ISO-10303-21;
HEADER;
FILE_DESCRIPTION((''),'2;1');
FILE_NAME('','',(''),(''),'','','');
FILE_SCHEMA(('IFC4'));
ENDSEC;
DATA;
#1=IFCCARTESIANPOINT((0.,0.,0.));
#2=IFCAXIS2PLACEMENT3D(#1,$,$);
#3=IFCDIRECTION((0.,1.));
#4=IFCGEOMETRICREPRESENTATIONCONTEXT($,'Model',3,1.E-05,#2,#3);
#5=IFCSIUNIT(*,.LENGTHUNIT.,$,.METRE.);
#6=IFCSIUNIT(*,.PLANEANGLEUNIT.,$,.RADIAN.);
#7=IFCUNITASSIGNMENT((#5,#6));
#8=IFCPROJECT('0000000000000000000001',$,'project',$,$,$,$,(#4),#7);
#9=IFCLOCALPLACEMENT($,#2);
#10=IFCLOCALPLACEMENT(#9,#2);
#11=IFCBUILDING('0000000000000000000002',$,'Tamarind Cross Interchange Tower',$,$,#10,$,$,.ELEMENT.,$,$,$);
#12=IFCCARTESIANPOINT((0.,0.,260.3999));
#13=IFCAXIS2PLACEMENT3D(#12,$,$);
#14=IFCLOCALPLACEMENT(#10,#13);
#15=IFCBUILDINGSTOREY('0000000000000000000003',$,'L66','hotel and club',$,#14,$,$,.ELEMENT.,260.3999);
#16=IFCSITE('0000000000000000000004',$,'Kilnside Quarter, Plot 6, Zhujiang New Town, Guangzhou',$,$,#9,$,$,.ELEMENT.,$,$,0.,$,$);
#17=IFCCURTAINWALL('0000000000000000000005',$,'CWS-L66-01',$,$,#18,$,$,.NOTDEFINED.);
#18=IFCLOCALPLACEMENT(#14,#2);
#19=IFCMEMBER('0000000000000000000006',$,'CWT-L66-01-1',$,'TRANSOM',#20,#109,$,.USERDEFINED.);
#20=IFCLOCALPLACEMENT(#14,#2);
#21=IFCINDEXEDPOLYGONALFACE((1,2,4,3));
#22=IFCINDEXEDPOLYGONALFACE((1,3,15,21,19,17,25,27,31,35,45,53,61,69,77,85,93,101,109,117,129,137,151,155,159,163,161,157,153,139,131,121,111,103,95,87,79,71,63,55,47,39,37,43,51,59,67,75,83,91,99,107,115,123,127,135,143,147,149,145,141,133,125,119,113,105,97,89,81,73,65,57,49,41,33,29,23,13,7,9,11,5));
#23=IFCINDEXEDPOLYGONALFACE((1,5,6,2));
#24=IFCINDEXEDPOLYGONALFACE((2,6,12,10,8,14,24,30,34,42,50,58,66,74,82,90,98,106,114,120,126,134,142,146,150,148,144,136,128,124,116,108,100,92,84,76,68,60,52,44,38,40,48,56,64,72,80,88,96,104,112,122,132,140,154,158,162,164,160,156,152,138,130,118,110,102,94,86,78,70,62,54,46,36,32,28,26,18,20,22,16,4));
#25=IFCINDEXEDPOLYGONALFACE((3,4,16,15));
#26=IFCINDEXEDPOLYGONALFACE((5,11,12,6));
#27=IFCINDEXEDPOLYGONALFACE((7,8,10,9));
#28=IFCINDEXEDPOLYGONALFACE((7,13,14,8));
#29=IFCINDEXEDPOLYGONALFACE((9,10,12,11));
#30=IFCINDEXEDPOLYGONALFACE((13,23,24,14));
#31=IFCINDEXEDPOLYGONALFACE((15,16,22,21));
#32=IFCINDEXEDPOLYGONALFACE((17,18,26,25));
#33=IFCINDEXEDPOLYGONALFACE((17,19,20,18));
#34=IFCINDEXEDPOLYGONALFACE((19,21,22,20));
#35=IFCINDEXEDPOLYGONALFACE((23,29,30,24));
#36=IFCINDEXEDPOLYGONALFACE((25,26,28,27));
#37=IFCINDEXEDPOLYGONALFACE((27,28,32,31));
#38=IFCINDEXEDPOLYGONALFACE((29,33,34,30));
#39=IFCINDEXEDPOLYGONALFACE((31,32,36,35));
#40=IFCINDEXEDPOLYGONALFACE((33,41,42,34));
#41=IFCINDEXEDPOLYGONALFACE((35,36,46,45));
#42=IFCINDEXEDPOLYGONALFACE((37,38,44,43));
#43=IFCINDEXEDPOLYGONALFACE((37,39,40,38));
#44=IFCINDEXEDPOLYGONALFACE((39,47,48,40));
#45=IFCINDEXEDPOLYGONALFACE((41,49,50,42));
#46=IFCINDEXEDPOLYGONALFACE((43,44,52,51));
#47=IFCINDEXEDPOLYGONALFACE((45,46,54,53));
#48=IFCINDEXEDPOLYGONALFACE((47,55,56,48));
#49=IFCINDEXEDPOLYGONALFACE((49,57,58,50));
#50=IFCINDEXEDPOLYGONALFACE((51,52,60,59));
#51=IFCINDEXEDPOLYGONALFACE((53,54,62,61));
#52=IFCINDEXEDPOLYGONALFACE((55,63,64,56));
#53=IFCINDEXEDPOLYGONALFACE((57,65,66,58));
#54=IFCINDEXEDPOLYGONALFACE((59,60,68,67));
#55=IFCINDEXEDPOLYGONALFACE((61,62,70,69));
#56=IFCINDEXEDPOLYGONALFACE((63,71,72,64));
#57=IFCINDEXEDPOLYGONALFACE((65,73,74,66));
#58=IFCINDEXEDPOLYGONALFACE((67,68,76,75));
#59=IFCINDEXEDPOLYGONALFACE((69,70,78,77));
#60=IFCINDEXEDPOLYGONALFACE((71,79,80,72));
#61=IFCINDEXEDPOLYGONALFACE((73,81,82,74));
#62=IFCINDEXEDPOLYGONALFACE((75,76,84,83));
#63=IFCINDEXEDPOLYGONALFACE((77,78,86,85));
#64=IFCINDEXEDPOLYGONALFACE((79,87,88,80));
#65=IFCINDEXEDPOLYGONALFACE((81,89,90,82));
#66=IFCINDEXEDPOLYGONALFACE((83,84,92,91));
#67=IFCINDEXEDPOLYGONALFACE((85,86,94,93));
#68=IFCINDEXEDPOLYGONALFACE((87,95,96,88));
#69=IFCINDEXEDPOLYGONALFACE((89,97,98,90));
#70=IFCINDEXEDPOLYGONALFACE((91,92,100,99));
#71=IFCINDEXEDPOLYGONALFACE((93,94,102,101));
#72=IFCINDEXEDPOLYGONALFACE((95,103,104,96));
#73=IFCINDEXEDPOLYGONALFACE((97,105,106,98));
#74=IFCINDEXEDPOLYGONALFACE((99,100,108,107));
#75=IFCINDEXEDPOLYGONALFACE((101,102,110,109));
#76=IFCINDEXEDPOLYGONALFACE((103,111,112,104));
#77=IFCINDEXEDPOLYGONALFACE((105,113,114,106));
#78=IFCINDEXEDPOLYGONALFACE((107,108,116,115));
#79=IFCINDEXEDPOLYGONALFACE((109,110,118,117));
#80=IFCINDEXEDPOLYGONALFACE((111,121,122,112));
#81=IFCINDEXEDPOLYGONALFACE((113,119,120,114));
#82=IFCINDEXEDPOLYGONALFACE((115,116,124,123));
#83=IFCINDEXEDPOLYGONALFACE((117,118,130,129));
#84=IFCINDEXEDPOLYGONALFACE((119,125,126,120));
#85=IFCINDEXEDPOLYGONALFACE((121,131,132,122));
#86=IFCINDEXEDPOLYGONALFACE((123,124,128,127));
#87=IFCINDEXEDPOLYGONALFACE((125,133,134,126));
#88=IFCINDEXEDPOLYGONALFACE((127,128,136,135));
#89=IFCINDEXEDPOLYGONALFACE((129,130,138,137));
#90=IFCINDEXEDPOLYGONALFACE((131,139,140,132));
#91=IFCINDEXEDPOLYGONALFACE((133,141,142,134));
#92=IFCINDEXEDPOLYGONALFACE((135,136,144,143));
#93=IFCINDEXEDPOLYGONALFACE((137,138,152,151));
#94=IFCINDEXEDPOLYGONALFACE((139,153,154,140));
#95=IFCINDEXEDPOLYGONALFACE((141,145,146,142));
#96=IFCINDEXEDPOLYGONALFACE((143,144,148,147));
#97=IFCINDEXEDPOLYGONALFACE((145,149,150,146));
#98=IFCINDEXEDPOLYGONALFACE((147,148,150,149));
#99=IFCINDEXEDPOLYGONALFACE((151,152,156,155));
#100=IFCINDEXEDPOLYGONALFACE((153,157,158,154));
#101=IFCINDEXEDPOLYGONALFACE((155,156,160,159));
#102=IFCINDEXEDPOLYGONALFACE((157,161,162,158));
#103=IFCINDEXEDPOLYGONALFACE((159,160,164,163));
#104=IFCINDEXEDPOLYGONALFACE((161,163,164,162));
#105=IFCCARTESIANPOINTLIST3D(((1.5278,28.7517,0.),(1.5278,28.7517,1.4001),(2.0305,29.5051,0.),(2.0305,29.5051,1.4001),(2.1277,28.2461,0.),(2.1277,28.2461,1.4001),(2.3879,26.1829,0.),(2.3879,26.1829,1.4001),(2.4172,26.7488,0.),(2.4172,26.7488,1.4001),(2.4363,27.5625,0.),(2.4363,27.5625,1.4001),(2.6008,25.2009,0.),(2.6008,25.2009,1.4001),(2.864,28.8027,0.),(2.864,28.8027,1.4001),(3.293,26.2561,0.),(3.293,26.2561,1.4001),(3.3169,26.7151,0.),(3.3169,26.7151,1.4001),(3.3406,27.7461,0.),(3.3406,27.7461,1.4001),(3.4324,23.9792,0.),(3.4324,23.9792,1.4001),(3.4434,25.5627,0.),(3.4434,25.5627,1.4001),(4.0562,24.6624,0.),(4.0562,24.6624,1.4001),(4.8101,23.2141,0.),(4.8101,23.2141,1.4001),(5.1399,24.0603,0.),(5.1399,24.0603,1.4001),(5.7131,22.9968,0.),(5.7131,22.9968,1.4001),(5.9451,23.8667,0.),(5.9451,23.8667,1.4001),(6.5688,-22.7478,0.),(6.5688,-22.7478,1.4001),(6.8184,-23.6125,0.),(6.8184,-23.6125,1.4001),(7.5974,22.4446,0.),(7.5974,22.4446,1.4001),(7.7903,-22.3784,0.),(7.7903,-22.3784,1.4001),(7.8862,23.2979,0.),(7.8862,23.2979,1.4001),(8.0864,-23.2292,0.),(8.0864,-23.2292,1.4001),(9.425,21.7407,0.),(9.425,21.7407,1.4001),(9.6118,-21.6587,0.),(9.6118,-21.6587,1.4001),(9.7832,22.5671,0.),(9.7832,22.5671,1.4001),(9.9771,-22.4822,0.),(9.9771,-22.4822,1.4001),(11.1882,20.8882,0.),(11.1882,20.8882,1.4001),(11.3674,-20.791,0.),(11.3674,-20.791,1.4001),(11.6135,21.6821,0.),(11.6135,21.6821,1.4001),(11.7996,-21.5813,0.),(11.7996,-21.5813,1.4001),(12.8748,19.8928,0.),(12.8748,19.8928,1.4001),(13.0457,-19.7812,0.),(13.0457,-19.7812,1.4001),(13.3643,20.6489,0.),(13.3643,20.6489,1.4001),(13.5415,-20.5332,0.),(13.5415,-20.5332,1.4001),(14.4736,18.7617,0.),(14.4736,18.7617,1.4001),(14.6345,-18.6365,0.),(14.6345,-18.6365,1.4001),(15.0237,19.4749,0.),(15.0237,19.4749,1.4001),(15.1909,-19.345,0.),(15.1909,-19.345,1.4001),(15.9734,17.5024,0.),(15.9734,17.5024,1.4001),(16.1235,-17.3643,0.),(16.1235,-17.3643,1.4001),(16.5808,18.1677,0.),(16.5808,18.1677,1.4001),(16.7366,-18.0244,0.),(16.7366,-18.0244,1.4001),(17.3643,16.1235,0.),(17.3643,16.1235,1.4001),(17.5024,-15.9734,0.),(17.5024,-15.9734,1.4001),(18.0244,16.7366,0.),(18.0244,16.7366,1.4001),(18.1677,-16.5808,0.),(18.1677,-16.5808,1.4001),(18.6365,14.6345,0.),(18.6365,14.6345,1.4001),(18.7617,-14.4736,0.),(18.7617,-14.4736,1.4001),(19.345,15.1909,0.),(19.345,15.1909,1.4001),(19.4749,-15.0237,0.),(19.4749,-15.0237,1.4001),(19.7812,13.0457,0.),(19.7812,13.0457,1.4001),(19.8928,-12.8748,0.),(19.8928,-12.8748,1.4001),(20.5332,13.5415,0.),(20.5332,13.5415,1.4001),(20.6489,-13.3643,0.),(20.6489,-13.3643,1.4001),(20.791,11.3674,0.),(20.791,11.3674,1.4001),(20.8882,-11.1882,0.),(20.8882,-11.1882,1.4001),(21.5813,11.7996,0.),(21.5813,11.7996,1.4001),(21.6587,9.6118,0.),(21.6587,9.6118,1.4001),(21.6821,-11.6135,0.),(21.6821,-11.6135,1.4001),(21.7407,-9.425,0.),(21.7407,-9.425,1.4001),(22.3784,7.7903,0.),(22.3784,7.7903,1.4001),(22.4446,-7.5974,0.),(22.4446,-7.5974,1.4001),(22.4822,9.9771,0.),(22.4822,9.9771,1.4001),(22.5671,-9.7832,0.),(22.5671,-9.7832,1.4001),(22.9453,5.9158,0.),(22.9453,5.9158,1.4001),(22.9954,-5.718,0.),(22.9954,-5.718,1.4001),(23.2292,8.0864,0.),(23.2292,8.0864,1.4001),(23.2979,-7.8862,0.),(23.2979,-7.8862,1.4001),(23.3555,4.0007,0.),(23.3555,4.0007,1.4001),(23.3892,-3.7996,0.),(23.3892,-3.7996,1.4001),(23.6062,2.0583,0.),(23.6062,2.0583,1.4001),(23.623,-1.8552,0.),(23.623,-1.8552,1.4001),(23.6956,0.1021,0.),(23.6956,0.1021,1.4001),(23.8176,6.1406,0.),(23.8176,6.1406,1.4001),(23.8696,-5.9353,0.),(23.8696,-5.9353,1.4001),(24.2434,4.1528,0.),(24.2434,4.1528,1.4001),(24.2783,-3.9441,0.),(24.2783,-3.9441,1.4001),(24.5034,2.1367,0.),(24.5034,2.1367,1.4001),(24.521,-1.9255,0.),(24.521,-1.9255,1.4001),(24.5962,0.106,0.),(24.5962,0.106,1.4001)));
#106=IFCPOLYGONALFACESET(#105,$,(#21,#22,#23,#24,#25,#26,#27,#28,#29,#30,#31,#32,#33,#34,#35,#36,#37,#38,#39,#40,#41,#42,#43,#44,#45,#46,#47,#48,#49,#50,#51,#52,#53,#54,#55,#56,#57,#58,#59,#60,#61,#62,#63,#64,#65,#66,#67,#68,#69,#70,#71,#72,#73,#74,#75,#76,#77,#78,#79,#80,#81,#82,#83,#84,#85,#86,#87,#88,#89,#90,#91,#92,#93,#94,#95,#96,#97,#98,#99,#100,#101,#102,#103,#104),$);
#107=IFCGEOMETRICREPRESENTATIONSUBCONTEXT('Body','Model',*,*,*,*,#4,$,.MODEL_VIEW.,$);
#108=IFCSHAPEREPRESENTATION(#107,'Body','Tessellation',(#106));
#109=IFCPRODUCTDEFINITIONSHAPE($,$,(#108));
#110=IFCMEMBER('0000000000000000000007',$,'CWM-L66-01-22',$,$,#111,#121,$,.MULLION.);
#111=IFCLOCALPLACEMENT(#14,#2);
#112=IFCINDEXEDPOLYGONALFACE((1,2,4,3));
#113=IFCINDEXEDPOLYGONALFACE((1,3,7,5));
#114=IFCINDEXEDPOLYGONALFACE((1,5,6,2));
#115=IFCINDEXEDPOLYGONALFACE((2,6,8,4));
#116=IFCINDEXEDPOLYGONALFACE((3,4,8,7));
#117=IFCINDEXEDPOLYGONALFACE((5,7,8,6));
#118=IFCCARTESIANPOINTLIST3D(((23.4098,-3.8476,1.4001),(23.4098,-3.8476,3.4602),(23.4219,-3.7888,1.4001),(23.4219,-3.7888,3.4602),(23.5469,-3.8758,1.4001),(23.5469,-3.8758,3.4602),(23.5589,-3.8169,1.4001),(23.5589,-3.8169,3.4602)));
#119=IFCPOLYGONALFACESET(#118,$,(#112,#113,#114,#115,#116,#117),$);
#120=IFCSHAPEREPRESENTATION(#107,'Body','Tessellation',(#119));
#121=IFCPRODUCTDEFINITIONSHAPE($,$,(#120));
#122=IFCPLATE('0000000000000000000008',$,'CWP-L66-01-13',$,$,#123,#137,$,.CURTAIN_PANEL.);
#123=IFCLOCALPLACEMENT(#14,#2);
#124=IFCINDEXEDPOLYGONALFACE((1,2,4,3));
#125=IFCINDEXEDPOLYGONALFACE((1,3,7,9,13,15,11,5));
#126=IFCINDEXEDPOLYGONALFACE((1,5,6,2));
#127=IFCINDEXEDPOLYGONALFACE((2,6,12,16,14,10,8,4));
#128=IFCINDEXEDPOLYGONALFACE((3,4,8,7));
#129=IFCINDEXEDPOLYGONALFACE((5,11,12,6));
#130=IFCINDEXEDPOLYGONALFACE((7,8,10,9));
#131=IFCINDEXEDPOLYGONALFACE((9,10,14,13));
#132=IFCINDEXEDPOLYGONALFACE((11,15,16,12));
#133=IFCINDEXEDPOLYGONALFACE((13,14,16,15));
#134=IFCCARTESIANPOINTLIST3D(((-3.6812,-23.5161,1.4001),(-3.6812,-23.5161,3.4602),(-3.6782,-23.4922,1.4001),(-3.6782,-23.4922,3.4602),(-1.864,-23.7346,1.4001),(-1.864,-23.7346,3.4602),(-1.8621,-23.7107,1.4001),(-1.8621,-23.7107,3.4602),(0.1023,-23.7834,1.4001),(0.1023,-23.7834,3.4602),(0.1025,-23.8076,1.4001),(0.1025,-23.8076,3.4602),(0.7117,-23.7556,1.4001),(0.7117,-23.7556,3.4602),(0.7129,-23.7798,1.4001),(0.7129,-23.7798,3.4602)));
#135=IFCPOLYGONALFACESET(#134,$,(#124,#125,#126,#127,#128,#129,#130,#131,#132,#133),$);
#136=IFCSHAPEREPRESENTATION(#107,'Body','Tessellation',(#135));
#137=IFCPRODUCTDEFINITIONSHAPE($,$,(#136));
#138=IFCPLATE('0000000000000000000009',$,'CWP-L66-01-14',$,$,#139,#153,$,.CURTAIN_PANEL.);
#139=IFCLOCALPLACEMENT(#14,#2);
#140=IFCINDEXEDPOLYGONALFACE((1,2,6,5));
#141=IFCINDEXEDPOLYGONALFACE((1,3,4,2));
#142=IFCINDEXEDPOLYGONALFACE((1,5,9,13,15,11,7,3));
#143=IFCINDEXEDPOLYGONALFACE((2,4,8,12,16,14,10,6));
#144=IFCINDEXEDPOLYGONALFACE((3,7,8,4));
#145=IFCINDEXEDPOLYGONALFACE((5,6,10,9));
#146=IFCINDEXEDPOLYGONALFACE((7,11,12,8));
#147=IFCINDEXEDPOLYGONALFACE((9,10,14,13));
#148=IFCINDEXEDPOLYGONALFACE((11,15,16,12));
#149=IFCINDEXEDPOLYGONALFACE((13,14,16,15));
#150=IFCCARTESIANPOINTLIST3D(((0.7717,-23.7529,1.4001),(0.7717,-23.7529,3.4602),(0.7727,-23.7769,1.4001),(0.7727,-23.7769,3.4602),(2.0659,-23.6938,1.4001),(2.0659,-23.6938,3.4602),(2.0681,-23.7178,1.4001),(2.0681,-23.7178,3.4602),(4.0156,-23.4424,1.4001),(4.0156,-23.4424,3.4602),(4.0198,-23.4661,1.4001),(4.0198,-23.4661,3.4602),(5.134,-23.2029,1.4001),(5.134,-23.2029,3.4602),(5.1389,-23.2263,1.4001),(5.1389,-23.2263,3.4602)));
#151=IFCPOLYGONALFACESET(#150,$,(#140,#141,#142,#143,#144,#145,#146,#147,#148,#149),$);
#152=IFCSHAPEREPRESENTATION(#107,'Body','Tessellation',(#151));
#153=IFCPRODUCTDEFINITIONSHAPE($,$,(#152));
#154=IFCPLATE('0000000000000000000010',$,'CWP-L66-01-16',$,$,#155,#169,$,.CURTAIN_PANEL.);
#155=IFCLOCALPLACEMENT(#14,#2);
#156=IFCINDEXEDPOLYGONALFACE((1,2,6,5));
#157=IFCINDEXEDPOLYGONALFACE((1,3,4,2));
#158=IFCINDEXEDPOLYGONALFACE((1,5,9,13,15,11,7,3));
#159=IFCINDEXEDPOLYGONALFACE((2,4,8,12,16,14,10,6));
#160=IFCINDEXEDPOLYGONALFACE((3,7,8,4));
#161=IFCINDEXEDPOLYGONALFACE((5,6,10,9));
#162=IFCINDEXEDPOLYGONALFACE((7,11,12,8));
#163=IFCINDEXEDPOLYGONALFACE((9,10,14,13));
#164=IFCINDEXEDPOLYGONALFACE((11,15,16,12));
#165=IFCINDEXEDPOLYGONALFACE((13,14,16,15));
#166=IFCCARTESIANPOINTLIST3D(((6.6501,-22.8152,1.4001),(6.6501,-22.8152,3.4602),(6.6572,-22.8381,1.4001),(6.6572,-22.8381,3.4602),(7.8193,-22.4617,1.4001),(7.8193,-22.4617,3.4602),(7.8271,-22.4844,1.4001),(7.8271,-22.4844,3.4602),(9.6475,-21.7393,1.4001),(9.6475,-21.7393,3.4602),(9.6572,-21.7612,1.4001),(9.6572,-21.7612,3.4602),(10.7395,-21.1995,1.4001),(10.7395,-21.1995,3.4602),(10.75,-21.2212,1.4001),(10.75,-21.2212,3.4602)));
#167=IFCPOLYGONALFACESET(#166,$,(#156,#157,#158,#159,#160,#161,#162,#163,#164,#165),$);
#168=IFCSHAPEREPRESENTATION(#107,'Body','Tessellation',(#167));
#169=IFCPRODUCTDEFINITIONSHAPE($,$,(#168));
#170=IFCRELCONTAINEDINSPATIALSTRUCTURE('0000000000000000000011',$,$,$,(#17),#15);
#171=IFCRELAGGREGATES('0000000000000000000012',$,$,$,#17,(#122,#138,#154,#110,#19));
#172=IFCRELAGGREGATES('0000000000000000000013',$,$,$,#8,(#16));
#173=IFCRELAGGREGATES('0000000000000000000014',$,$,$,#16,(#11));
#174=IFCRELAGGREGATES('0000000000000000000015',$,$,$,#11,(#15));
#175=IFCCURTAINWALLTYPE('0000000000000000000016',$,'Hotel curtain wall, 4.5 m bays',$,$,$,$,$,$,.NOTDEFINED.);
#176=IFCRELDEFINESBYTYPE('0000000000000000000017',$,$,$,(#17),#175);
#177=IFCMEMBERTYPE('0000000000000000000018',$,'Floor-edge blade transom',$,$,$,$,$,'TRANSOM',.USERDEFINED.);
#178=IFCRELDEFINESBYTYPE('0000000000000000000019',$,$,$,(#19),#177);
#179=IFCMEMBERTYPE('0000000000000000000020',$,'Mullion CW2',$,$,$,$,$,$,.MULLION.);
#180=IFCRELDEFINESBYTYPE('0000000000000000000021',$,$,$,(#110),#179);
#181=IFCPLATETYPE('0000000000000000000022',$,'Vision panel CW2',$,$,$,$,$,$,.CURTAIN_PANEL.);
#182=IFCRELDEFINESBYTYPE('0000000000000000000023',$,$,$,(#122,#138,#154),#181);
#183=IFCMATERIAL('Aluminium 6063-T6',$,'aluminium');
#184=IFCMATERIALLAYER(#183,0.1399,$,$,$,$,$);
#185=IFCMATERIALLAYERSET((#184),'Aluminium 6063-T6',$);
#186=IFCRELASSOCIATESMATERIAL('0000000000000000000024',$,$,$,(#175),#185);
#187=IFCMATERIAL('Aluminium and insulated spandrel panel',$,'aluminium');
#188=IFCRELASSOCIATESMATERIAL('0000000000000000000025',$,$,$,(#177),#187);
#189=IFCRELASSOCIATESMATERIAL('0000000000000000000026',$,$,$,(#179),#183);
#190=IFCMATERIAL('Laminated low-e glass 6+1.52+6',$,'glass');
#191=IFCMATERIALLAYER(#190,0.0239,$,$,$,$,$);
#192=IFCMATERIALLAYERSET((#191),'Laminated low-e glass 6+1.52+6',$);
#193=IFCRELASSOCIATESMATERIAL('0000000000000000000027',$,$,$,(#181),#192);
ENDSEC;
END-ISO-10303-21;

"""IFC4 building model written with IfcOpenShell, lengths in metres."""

from ifc_helpers import new_model, si_unit, direction, frame, origin, origin_2d, place, context, subcontext, project, spatial, polyline, rectangle, outline, extrude, material, layer, layer_set, material_profile, profile_set, type_object, element, aggregate, save


model = new_model("IFC4")

# Units and contexts
model_context = context("Model", 3, precision=1e-05, world=origin(), true_north=direction((0.0, 1.0)))
body_context = subcontext(model_context, "Body", "Model", "MODEL_VIEW")
ifc_project = project(units=[si_unit("LENGTHUNIT", "METRE"), si_unit("PLANEANGLEUNIT", "RADIAN")], contexts=[model_context])

# Site, building, storey
site_placement = place(None, origin())
site = spatial("IfcSite", under=ifc_project, at=site_placement, Name="Kilnside Quarter, Plot 6, Zhujiang New Town, Guangzhou", CompositionType="ELEMENT", RefElevation=0.0)
building_placement = place(site_placement, origin())
building = spatial("IfcBuilding", under=site, at=building_placement, Name="Tamarind Cross Interchange Tower", CompositionType="ELEMENT")
storey_placement = place(building_placement, frame((0.0, 0.0, 260.3999)))
storey = spatial("IfcBuildingStorey", under=building, at=storey_placement, Name="L66", Description="hotel and club", CompositionType="ELEMENT", Elevation=260.3999)

# Curtain wall, members, plates
ifc_material_1 = material(Name="Aluminium 6063-T6", Category="aluminium")
ifc_layer_1 = layer(ifc_material_1, 0.1399)
ifc_layer_set_1 = layer_set([ifc_layer_1], Name="Aluminium 6063-T6")
curtain_wall_type = type_object("IfcCurtainWallType", Name="Hotel curtain wall, 4.5 m bays", PredefinedType="NOTDEFINED", material=ifc_layer_set_1)
curtain_wall_placement = place(storey_placement, origin())
curtain_wall = element("IfcCurtainWall", 1, at=curtain_wall_placement, inside=storey, type_object=curtain_wall_type, Name="CWS-L66-01", PredefinedType="NOTDEFINED")
ifc_material_2 = material(Name="Aluminium and insulated spandrel panel", Category="aluminium")
member_type_1 = type_object("IfcMemberType", Name="Floor-edge blade transom", ElementType="TRANSOM", PredefinedType="USERDEFINED", material=ifc_material_2)
member_1_placement = place(storey_placement, origin())
member_1 = element("IfcMember", 2, at=member_1_placement, type_object=member_type_1, Name="CWT-L66-01-1", ObjectType="TRANSOM", PredefinedType="USERDEFINED", context=body_context, shape_type="SweptSolid", body=[
    extrude(outline(polyline([(6.5688, -22.7478), (7.7903, -22.3784), (9.6118, -21.6587), (11.3674, -20.791), (13.0457, -19.7812), (14.6345, -18.6365), (16.1235, -17.3643), (17.5024, -15.9734), (18.7617, -14.4736), (19.8928, -12.8748), (20.8882, -11.1882), (21.7407, -9.425), (22.4446, -7.5974), (22.9954, -5.718), (23.3892, -3.7996), (23.623, -1.8552), (23.6956, 0.1021), (23.6062, 2.0583), (23.3555, 4.0007), (22.9453, 5.9158), (22.3784, 7.7903), (21.6587, 9.6118), (20.791, 11.3674), (19.7812, 13.0457), (18.6365, 14.6345), (17.3643, 16.1235), (15.9734, 17.5024), (14.4736, 18.7617), (12.8748, 19.8928), (11.1882, 20.8882), (9.425, 21.7407), (7.5974, 22.4446), (5.7131, 22.9968), (4.8101, 23.2141), (3.4324, 23.9792), (2.6008, 25.2009), (2.3879, 26.1829), (2.4172, 26.7488), (2.4363, 27.5625), (2.1277, 28.2461), (1.5278, 28.7517), (2.0305, 29.5051), (2.864, 28.8027), (3.3406, 27.7461), (3.3169, 26.7151), (3.293, 26.2561), (3.4434, 25.5627), (4.0562, 24.6624), (5.1399, 24.0603), (5.9451, 23.8667), (7.8862, 23.2979), (9.7832, 22.5671), (11.6135, 21.6821), (13.3643, 20.6489), (15.0237, 19.4749), (16.5808, 18.1677), (18.0244, 16.7366), (19.345, 15.1909), (20.5332, 13.5415), (21.5813, 11.7996), (22.4822, 9.9771), (23.2292, 8.0864), (23.8176, 6.1406), (24.2434, 4.1528), (24.5034, 2.1367), (24.5962, 0.106), (24.521, -1.9255), (24.2783, -3.9441), (23.8696, -5.9353), (23.2979, -7.8862), (22.5671, -9.7832), (21.6821, -11.6135), (20.6489, -13.3643), (19.4749, -15.0237), (18.1677, -16.5808), (16.7366, -18.0244), (15.1909, -19.345), (13.5415, -20.5332), (11.7996, -21.5813), (9.9771, -22.4822), (8.0864, -23.2292), (6.8184, -23.6125), (6.5688, -22.7478)])), origin(), (0.0, 0.0, 1.0), 1.4001),
])
ifc_material_profile_1 = material_profile(ifc_material_1, rectangle(XDim=0.0601, YDim=0.1399, at=origin_2d()), Name="Mullion CW2")
ifc_profile_set_1 = profile_set([ifc_material_profile_1], Name="Aluminium 6063-T6")
member_type_2 = type_object("IfcMemberType", Name="Mullion CW2", PredefinedType="MULLION", material=ifc_profile_set_1)
member_2_placement = place(storey_placement, frame((23.4844, -3.8323, 1.4001), z_axis=(0.0, 0.0, 1.0), x_axis=(0.201001, 0.979591, 0.0)))
member_2 = element("IfcMember", 3, at=member_2_placement, type_object=member_type_2, Name="CWM-L66-01-22", PredefinedType="MULLION", context=body_context, shape_type="SweptSolid", body=[
    extrude(rectangle(XDim=0.0601, YDim=0.1399, at=origin_2d()), origin(), (0.0, 0.0, 1.0), 2.0601),
])
ifc_material_3 = material(Name="Laminated low-e glass 6+1.52+6", Category="glass")
ifc_layer_2 = layer(ifc_material_3, 0.0239)
ifc_layer_set_2 = layer_set([ifc_layer_2], Name="Laminated low-e glass 6+1.52+6")
plate_type = type_object("IfcPlateType", Name="Vision panel CW2", PredefinedType="CURTAIN_PANEL", material=ifc_layer_set_2)
plate_1_placement = place(storey_placement, frame((0.0, 0.0, 1.4001)))
plate_1 = element("IfcPlate", 4, at=plate_1_placement, type_object=plate_type, Name="CWP-L66-01-13", PredefinedType="CURTAIN_PANEL", context=body_context, shape_type="SweptSolid", body=[
    extrude(outline(polyline([(-3.6782, -23.4922), (-1.8621, -23.7107), (0.1023, -23.7834), (0.7117, -23.7556), (0.7129, -23.7798), (0.1025, -23.8076), (-1.864, -23.7346), (-3.6812, -23.5161), (-3.6782, -23.4922)])), origin(), (0.0, 0.0, 1.0), 2.0601),
])
plate_2_placement = place(storey_placement, frame((0.0, 0.0, 1.4001)))
plate_2 = element("IfcPlate", 5, at=plate_2_placement, type_object=plate_type, Name="CWP-L66-01-14", PredefinedType="CURTAIN_PANEL", context=body_context, shape_type="SweptSolid", body=[
    extrude(outline(polyline([(0.7717, -23.7529), (2.0659, -23.6938), (4.0156, -23.4424), (5.134, -23.2029), (5.1389, -23.2263), (4.0198, -23.4661), (2.0681, -23.7178), (0.7727, -23.7769), (0.7717, -23.7529)])), origin(), (0.0, 0.0, 1.0), 2.0601),
])
plate_3_placement = place(storey_placement, frame((0.0, 0.0, 1.4001)))
plate_3 = element("IfcPlate", 6, at=plate_3_placement, type_object=plate_type, Name="CWP-L66-01-16", PredefinedType="CURTAIN_PANEL", context=body_context, shape_type="SweptSolid", body=[
    extrude(outline(polyline([(6.6501, -22.8152), (7.8193, -22.4617), (9.6475, -21.7393), (10.7395, -21.1995), (10.75, -21.2212), (9.6572, -21.7612), (7.8271, -22.4844), (6.6572, -22.8381), (6.6501, -22.8152)])), origin(), (0.0, 0.0, 1.0), 2.0601),
])
aggregate(curtain_wall, [plate_1, plate_2, plate_3, member_2, member_1])

save(model, "model.ifc")
